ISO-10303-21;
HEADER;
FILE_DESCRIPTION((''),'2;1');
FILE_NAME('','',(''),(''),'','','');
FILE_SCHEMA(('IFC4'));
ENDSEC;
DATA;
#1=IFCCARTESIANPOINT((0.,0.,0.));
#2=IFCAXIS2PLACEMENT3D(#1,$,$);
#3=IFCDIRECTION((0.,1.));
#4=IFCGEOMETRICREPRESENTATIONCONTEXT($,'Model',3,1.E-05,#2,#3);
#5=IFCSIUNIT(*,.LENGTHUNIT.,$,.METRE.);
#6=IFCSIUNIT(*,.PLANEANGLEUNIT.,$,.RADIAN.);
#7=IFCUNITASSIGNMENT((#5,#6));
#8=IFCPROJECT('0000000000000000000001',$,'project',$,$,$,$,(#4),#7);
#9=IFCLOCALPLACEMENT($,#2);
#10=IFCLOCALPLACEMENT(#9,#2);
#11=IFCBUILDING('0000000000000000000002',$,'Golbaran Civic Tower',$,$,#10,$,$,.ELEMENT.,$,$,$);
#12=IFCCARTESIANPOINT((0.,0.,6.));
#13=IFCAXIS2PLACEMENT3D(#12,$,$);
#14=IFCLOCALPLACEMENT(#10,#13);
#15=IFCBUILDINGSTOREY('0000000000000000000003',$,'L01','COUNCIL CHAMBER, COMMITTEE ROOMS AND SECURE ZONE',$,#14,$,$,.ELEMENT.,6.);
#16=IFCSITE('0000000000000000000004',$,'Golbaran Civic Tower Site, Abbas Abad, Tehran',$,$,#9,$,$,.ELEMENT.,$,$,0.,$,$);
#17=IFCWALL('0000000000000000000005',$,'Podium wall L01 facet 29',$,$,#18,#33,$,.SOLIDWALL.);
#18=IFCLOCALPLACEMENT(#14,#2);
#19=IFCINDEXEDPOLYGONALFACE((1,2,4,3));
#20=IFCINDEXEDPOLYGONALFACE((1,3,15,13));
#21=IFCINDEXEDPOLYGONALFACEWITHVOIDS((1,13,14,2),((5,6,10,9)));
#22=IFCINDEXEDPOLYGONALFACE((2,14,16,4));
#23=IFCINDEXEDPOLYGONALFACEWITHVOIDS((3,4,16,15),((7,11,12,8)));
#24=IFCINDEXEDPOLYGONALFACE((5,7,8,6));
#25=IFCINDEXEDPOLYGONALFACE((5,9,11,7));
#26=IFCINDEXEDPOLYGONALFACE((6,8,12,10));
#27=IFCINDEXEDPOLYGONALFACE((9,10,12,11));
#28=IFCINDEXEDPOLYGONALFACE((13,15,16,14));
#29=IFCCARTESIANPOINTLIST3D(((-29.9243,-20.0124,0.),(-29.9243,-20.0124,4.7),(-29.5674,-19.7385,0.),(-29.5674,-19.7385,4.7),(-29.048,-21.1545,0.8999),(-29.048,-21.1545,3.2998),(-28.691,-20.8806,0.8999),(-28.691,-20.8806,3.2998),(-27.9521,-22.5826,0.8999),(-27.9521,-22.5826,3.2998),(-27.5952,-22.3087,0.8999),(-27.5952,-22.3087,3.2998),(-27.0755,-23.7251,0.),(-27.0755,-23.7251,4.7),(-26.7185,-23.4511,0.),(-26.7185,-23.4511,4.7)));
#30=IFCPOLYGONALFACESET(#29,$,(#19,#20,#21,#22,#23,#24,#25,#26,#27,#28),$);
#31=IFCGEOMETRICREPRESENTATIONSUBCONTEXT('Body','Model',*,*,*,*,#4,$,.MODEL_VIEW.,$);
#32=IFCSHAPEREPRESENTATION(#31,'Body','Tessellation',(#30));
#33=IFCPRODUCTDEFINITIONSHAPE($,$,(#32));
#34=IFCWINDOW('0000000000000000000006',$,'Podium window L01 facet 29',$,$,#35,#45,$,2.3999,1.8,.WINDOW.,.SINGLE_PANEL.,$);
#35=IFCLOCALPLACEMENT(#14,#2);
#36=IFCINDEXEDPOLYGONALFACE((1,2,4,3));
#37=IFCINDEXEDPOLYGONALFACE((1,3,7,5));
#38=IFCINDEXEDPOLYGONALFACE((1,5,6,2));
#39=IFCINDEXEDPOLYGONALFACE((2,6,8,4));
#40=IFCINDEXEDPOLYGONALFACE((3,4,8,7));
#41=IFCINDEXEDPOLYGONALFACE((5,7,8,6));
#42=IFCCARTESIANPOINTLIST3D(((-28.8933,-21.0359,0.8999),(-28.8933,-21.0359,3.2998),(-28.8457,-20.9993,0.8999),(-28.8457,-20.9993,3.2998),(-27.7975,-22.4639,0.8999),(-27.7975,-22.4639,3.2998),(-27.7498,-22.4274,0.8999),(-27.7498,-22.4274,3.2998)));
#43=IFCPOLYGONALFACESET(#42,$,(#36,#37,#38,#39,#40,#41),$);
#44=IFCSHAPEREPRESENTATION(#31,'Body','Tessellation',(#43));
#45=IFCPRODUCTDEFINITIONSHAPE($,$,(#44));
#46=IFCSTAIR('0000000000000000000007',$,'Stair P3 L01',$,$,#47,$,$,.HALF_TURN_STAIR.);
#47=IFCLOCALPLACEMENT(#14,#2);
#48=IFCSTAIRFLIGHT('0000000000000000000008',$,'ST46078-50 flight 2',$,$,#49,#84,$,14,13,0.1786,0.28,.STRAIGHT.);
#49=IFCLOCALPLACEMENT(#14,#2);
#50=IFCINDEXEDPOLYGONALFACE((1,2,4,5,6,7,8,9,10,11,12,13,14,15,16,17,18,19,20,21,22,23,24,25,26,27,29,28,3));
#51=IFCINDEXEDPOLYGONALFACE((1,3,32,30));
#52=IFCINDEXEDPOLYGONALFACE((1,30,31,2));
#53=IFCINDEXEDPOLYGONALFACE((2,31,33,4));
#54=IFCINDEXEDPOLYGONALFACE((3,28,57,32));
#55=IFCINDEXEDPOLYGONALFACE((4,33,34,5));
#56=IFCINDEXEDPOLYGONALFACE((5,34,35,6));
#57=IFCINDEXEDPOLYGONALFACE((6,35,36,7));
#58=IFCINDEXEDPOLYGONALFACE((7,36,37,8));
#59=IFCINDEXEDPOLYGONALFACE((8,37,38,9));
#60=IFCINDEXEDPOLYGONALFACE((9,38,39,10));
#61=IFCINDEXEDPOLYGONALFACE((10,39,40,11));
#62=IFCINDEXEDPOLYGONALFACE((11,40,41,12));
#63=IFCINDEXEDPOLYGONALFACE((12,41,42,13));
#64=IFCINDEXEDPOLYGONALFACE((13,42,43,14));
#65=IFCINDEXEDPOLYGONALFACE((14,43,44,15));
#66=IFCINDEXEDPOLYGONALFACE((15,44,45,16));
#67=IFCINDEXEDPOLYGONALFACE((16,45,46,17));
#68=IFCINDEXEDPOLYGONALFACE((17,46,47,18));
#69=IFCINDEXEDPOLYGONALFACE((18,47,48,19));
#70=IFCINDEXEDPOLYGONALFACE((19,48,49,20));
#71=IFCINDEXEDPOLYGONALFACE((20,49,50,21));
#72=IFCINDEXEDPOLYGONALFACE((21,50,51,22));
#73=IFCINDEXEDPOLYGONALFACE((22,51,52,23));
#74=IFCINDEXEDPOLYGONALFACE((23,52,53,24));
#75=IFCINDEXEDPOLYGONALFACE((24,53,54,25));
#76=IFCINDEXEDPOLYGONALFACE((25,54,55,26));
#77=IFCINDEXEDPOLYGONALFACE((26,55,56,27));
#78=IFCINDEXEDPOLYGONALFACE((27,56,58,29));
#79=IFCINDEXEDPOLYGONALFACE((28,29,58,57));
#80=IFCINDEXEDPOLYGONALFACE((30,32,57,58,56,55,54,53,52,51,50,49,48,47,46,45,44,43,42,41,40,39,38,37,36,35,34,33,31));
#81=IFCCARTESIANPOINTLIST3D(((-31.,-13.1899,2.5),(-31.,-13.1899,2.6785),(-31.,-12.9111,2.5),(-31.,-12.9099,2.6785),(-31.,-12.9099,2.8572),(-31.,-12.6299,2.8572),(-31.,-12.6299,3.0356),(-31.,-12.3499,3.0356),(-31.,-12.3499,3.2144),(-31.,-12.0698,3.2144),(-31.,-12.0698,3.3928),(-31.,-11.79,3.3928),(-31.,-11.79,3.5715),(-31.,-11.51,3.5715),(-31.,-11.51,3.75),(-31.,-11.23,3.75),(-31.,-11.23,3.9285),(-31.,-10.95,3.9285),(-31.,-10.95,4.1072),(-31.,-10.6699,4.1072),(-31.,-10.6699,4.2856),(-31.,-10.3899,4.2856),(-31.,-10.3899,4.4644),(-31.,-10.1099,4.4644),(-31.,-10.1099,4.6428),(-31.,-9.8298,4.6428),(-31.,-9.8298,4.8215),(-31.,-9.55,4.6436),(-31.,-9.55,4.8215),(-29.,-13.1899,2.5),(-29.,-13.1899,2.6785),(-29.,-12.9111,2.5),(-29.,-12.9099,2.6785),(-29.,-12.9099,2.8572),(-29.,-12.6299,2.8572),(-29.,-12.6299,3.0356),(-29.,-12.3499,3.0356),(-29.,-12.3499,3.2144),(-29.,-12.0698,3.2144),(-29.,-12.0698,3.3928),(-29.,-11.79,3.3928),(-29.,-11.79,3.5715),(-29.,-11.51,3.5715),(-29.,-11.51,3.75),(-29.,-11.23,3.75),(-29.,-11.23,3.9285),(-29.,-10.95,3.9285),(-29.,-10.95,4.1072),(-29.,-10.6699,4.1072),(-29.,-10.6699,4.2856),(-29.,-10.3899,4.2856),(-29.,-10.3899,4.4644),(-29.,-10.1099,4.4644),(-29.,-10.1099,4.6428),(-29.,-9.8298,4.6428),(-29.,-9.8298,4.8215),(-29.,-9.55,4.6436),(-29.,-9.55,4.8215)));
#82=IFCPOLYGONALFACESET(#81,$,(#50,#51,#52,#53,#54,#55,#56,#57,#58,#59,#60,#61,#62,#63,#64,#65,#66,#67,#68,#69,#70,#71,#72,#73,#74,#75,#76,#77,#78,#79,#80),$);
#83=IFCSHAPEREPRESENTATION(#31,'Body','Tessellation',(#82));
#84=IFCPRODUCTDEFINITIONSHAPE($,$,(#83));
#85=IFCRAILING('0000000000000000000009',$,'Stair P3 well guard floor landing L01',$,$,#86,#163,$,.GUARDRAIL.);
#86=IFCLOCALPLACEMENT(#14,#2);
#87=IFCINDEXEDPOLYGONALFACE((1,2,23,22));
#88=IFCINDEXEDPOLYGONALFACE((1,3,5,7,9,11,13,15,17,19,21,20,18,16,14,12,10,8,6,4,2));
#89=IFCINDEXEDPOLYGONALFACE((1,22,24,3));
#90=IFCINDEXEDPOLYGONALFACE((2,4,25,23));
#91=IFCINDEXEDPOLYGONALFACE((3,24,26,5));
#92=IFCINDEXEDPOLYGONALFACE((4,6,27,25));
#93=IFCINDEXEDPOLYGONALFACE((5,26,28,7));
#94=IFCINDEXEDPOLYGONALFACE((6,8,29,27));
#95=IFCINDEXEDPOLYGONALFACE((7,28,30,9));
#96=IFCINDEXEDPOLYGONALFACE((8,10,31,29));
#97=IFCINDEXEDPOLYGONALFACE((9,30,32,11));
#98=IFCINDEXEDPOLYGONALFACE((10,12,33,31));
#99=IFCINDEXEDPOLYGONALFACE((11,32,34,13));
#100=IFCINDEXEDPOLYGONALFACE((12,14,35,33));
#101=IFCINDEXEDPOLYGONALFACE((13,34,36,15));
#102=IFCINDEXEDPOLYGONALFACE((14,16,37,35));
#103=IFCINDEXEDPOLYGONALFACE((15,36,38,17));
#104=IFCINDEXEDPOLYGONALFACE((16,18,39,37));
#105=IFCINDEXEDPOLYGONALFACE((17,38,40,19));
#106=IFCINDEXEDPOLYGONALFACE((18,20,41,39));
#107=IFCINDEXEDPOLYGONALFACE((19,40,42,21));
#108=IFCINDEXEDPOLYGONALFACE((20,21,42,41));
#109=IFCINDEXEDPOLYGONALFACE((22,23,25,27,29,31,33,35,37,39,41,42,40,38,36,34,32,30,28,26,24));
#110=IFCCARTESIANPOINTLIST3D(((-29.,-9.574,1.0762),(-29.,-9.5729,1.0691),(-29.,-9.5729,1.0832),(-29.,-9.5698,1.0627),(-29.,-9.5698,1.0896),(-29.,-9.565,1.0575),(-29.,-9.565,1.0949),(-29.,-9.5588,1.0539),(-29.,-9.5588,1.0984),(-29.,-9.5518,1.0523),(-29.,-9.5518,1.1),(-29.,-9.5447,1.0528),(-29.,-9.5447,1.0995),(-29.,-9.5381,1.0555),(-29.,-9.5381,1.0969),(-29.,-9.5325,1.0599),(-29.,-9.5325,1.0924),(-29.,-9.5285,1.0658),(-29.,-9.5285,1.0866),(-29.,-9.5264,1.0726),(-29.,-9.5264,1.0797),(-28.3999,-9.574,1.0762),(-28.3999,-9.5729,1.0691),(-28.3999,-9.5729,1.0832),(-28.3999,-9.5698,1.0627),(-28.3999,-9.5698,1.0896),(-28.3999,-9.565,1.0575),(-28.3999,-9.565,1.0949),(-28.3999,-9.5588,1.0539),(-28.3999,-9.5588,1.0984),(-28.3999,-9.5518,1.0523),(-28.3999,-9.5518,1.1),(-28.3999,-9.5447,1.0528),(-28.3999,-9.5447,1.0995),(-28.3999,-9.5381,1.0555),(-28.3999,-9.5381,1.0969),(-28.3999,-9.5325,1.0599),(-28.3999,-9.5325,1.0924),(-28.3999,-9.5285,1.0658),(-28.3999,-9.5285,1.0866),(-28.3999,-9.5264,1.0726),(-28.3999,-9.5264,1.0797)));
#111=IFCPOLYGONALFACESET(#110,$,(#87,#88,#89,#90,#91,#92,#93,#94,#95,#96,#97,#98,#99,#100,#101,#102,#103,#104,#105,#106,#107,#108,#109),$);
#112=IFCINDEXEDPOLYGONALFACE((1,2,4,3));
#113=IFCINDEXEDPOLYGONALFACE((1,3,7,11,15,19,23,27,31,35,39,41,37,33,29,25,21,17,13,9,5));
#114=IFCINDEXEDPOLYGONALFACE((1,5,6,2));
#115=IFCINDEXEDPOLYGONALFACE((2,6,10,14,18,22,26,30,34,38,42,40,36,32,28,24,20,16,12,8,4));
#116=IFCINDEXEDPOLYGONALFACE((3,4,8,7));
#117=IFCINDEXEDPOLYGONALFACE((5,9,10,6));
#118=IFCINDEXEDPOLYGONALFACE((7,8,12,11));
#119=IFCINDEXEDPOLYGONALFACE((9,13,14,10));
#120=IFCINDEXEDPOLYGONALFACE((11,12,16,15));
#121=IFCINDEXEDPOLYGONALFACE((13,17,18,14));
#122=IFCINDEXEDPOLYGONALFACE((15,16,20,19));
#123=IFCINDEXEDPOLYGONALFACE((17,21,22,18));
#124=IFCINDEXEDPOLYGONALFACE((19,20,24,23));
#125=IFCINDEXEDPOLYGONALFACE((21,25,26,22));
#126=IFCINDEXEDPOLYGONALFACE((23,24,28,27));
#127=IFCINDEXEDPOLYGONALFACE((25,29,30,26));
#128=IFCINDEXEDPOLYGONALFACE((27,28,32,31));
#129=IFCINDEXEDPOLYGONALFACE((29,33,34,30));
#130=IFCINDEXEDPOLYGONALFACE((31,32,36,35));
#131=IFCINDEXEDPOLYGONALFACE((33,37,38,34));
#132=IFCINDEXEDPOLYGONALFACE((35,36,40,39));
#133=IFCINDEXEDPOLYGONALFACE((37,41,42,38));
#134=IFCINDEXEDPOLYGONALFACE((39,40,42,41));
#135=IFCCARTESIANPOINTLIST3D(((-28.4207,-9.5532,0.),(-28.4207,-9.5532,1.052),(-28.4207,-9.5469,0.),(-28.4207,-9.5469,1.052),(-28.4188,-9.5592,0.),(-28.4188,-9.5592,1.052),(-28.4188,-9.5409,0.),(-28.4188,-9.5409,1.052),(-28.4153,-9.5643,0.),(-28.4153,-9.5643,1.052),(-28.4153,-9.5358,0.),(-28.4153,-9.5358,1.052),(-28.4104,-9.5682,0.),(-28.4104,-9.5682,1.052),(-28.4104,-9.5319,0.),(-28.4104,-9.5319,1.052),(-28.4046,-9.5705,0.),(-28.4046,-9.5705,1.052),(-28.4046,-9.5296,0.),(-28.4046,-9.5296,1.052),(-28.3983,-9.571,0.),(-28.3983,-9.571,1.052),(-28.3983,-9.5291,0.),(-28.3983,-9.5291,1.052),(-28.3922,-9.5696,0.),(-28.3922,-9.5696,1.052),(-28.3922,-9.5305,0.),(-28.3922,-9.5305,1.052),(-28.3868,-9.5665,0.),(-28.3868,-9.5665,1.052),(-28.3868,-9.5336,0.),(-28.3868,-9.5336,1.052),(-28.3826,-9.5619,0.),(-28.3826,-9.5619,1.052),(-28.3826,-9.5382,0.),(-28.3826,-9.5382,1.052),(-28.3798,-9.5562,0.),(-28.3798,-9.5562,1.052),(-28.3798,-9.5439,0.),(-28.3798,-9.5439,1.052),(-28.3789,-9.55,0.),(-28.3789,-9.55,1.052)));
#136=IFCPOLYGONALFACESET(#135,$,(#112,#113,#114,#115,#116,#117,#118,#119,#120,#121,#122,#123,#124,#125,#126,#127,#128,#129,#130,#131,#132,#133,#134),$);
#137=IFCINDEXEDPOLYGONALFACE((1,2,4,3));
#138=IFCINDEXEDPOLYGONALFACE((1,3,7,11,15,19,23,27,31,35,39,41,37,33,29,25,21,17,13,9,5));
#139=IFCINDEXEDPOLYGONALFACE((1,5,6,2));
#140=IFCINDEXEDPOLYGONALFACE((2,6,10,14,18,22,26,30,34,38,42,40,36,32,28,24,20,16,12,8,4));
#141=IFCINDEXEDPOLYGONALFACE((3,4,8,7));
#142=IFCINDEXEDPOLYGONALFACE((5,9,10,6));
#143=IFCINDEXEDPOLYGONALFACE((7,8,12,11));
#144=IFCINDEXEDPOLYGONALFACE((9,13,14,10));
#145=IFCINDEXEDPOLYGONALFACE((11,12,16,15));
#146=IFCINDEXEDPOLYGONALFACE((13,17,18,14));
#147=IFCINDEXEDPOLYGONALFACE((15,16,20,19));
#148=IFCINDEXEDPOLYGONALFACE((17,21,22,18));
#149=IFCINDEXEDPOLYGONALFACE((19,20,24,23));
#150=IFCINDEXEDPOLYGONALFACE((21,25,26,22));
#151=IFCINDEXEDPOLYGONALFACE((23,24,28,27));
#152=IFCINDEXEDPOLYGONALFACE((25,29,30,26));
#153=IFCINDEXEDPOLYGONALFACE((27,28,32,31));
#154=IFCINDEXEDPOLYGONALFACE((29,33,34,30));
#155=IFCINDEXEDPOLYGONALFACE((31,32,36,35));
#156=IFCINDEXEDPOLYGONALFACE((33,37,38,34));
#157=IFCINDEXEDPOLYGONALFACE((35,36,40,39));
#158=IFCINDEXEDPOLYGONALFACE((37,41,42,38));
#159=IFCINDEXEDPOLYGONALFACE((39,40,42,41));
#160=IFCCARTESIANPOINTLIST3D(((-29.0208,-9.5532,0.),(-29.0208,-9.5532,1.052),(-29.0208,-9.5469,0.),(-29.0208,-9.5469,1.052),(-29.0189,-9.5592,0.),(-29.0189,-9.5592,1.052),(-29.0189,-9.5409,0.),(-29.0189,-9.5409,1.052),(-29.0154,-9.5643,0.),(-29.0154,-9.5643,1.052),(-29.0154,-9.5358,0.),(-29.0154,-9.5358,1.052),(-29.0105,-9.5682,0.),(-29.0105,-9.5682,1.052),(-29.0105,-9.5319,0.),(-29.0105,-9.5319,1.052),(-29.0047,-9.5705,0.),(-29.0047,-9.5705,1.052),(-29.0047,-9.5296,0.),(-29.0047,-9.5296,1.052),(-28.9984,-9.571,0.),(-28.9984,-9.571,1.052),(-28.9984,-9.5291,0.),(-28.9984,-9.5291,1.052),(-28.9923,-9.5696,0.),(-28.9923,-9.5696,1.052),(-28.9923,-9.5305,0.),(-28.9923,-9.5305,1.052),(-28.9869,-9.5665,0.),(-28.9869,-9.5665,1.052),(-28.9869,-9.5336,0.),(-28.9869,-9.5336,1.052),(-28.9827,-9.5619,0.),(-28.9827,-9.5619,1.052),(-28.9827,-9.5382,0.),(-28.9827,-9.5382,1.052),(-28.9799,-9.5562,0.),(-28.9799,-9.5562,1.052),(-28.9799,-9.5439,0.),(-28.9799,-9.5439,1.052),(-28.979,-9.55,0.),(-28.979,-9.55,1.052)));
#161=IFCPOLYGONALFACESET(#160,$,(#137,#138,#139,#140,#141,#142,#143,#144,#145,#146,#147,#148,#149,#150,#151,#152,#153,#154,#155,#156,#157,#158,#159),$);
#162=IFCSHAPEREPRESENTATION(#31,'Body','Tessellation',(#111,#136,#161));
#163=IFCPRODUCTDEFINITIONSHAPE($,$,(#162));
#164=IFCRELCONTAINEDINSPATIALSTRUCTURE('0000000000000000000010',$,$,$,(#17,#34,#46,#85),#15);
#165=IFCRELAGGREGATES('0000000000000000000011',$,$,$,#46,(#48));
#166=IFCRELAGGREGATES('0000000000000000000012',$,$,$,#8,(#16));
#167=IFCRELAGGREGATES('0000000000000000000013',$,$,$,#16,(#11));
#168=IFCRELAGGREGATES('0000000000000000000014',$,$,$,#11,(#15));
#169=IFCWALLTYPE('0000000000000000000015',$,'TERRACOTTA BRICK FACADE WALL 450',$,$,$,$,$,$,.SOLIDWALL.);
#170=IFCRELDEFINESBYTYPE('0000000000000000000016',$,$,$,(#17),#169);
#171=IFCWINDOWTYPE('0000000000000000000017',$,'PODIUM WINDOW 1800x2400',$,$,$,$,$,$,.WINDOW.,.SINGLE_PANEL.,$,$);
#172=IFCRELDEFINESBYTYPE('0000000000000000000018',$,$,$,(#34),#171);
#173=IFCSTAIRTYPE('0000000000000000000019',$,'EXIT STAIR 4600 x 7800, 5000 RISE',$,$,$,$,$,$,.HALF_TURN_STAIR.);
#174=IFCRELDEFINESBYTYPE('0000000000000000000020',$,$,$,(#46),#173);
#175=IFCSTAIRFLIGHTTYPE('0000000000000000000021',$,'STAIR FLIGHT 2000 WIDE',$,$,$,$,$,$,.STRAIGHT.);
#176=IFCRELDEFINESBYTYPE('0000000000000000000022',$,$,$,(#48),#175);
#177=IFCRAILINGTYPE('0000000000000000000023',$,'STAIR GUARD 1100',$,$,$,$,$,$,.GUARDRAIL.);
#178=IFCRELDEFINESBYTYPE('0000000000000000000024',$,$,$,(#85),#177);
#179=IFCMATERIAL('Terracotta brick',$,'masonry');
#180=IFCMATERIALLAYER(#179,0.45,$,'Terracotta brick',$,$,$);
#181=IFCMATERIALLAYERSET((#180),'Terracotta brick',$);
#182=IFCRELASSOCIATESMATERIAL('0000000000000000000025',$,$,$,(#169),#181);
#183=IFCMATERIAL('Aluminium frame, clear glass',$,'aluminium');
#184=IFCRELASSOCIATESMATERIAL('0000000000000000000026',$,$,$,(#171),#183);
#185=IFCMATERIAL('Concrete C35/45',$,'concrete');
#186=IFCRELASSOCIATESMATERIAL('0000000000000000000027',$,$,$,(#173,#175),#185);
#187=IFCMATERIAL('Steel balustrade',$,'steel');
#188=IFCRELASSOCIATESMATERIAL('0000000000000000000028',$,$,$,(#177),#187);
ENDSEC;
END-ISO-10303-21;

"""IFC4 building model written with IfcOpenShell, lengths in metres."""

from ifc_helpers import new_model, si_unit, direction, frame, frame_2d, origin, origin_2d, place, context, subcontext, project, spatial, polyline, rectangle, circle, outline, extrude, material, layer, layer_set, type_object, element, fill, aggregate, save


model = new_model("IFC4")

# Units and contexts
model_context = context("Model", 3, precision=1e-05, world=origin(), true_north=direction((0.0, 1.0)))
body_context = subcontext(model_context, "Body", "Model", "MODEL_VIEW")
ifc_project = project(units=[si_unit("LENGTHUNIT", "METRE"), si_unit("PLANEANGLEUNIT", "RADIAN")], contexts=[model_context])

# Site, building, storey
site_placement = place(None, origin())
site = spatial("IfcSite", under=ifc_project, at=site_placement, Name="Golbaran Civic Tower Site, Abbas Abad, Tehran", CompositionType="ELEMENT", RefElevation=0.0)
building_placement = place(site_placement, origin())
building = spatial("IfcBuilding", under=site, at=building_placement, Name="Golbaran Civic Tower", CompositionType="ELEMENT")
storey_placement = place(building_placement, frame((0.0, 0.0, 6.0)))
storey = spatial("IfcBuildingStorey", under=building, at=storey_placement, Name="L01", Description="COUNCIL CHAMBER, COMMITTEE ROOMS AND SECURE ZONE", CompositionType="ELEMENT", Elevation=6.0)

# Wall, opening, window
ifc_material_1 = material(Name="Terracotta brick", Category="masonry")
ifc_layer_1 = layer(ifc_material_1, 0.45, Name="Terracotta brick")
ifc_layer_set_1 = layer_set([ifc_layer_1], Name="Terracotta brick")
wall_type_1 = type_object("IfcWallType", Name="TERRACOTTA BRICK FACADE WALL 450", PredefinedType="SOLIDWALL", material=ifc_layer_set_1)
ifc_material_2 = material(Name="Aluminium frame, clear glass", Category="aluminium")
window_type = type_object("IfcWindowType", Name="PODIUM WINDOW 1800x2400", PartitioningType="SINGLE_PANEL", PredefinedType="WINDOW", material=ifc_material_2)
wall_1_placement = place(storey_placement, frame((-29.7458, -19.8755, 0.0), z_axis=(0.0, 0.0, 1.0), x_axis=(0.60877, -0.793347, 0.0)))
wall_1 = element("IfcWall", 1, at=wall_1_placement, inside=storey, type_object=wall_type_1, Name="Podium wall L01 facet 29", PredefinedType="SOLIDWALL", context=body_context, shape_type="SweptSolid", body=[
    extrude(rectangle(XDim=4.6797, YDim=0.45, at=frame_2d((2.3398, 0.0))), origin(), (0.0, 0.0, 1.0), 4.7),
])
opening_1_placement = place(wall_1_placement, frame((1.4397, 0.0, 0.8999)))
opening_1 = element("IfcOpeningElement", 2, at=opening_1_placement, cuts=wall_1, PredefinedType="OPENING", context=body_context, shape_type="SweptSolid", body=[
    extrude(rectangle(XDim=1.8, YDim=2.3999, at=frame_2d((0.8999, 1.2))), frame((0.0, 0.2349, 0.0), z_axis=(0.0, -1.0, 0.0), x_axis=(1.0, 0.0, 0.0)), (0.0, 0.0, 1.0), 0.47),
])
window_1_placement = place(opening_1_placement, origin())
window_1 = element("IfcWindow", 3, at=window_1_placement, inside=storey, type_object=window_type, Name="Podium window L01 facet 29", OverallHeight=2.3999, OverallWidth=1.8, PartitioningType="SINGLE_PANEL", PredefinedType="WINDOW", context=body_context, shape_type="SweptSolid", body=[
    extrude(rectangle(XDim=1.8, YDim=2.3999, at=frame_2d((0.8999, 1.2))), frame((0.0, 0.03, 0.0), z_axis=(0.0, -1.0, 0.0), x_axis=(1.0, 0.0, 0.0)), (0.0, 0.0, 1.0), 0.0601),
])
fill(opening_1, window_1)

# Stair, stair flight
ifc_material_3 = material(Name="Concrete C35/45", Category="concrete")
stair_type = type_object("IfcStairType", Name="EXIT STAIR 4600 x 7800, 5000 RISE", PredefinedType="HALF_TURN_STAIR", material=ifc_material_3)
stair_placement = place(storey_placement, origin())
stair = element("IfcStair", 4, at=stair_placement, inside=storey, type_object=stair_type, Name="Stair P3 L01", PredefinedType="HALF_TURN_STAIR")
stair_flight_type = type_object("IfcStairFlightType", Name="STAIR FLIGHT 2000 WIDE", PredefinedType="STRAIGHT", material=ifc_material_3)
stair_flight_placement = place(storey_placement, frame((-30.0, -13.1899, 2.5), z_axis=(0.0, 0.0, 1.0), x_axis=(0.0, 1.0, 0.0)))
stair_flight = element("IfcStairFlight", 5, at=stair_flight_placement, type_object=stair_flight_type, Name="ST46078-50 flight 2", NumberOfRisers=14, NumberOfTreads=13, PredefinedType="STRAIGHT", RiserHeight=0.1786, TreadLength=0.28, context=body_context, shape_type="SweptSolid", body=[
    extrude(outline(polyline([(0.0, 0.0), (0.0, 0.1785), (0.28, 0.1785), (0.28, 0.3572), (0.5601, 0.3572), (0.5601, 0.5356), (0.8401, 0.5356), (0.8401, 0.7144), (1.1201, 0.7144), (1.1201, 0.8928), (1.3999, 0.8928), (1.3999, 1.0715), (1.6799, 1.0715), (1.6799, 1.25), (1.96, 1.25), (1.96, 1.4285), (2.24, 1.4285), (2.24, 1.6072), (2.52, 1.6072), (2.52, 1.7856), (2.8, 1.7856), (2.8, 1.9644), (3.0801, 1.9644), (3.0801, 2.1428), (3.3601, 2.1428), (3.3601, 2.3215), (3.6399, 2.3215), (3.6399, 2.5), (3.6399, 2.1436), (0.2788, 0.0), (0.0, 0.0)])), frame((0.0, 1.0, 0.0), z_axis=(0.0, -1.0, 0.0), x_axis=(1.0, 0.0, 0.0)), (0.0, 0.0, 1.0), 2.0),
])
aggregate(stair, [stair_flight])

# Railing
ifc_material_4 = material(Name="Steel balustrade", Category="steel")
railing_type_1 = type_object("IfcRailingType", Name="STAIR GUARD 1100", PredefinedType="GUARDRAIL", material=ifc_material_4)
for number, where, name in (
    (6, (-28.3999, -9.55, 0.0), "Stair P3 well guard floor landing L01"),
):
    element("IfcRailing", number, at=place(storey_placement, frame(where)), inside=storey, type_object=railing_type_1, Name=name, PredefinedType="GUARDRAIL", context=body_context, shape_type="SweptSolid", body=[
        extrude(circle(Radius=0.0239, at=origin_2d()), frame((0.0, 0.0, 1.0762), z_axis=(-1.0, 0.0, 0.0), x_axis=(0.0, -1.0, 0.0)), (0.0, 0.0, 1.0), 0.6001),
        extrude(circle(Radius=0.021, at=origin_2d()), origin(), (0.0, 0.0, 1.0), 1.052),
        extrude(circle(Radius=0.021, at=origin_2d()), frame((-0.6001, 0.0, 0.0)), (0.0, 0.0, 1.0), 1.052),
    ])

save(model, "model.ifc")
